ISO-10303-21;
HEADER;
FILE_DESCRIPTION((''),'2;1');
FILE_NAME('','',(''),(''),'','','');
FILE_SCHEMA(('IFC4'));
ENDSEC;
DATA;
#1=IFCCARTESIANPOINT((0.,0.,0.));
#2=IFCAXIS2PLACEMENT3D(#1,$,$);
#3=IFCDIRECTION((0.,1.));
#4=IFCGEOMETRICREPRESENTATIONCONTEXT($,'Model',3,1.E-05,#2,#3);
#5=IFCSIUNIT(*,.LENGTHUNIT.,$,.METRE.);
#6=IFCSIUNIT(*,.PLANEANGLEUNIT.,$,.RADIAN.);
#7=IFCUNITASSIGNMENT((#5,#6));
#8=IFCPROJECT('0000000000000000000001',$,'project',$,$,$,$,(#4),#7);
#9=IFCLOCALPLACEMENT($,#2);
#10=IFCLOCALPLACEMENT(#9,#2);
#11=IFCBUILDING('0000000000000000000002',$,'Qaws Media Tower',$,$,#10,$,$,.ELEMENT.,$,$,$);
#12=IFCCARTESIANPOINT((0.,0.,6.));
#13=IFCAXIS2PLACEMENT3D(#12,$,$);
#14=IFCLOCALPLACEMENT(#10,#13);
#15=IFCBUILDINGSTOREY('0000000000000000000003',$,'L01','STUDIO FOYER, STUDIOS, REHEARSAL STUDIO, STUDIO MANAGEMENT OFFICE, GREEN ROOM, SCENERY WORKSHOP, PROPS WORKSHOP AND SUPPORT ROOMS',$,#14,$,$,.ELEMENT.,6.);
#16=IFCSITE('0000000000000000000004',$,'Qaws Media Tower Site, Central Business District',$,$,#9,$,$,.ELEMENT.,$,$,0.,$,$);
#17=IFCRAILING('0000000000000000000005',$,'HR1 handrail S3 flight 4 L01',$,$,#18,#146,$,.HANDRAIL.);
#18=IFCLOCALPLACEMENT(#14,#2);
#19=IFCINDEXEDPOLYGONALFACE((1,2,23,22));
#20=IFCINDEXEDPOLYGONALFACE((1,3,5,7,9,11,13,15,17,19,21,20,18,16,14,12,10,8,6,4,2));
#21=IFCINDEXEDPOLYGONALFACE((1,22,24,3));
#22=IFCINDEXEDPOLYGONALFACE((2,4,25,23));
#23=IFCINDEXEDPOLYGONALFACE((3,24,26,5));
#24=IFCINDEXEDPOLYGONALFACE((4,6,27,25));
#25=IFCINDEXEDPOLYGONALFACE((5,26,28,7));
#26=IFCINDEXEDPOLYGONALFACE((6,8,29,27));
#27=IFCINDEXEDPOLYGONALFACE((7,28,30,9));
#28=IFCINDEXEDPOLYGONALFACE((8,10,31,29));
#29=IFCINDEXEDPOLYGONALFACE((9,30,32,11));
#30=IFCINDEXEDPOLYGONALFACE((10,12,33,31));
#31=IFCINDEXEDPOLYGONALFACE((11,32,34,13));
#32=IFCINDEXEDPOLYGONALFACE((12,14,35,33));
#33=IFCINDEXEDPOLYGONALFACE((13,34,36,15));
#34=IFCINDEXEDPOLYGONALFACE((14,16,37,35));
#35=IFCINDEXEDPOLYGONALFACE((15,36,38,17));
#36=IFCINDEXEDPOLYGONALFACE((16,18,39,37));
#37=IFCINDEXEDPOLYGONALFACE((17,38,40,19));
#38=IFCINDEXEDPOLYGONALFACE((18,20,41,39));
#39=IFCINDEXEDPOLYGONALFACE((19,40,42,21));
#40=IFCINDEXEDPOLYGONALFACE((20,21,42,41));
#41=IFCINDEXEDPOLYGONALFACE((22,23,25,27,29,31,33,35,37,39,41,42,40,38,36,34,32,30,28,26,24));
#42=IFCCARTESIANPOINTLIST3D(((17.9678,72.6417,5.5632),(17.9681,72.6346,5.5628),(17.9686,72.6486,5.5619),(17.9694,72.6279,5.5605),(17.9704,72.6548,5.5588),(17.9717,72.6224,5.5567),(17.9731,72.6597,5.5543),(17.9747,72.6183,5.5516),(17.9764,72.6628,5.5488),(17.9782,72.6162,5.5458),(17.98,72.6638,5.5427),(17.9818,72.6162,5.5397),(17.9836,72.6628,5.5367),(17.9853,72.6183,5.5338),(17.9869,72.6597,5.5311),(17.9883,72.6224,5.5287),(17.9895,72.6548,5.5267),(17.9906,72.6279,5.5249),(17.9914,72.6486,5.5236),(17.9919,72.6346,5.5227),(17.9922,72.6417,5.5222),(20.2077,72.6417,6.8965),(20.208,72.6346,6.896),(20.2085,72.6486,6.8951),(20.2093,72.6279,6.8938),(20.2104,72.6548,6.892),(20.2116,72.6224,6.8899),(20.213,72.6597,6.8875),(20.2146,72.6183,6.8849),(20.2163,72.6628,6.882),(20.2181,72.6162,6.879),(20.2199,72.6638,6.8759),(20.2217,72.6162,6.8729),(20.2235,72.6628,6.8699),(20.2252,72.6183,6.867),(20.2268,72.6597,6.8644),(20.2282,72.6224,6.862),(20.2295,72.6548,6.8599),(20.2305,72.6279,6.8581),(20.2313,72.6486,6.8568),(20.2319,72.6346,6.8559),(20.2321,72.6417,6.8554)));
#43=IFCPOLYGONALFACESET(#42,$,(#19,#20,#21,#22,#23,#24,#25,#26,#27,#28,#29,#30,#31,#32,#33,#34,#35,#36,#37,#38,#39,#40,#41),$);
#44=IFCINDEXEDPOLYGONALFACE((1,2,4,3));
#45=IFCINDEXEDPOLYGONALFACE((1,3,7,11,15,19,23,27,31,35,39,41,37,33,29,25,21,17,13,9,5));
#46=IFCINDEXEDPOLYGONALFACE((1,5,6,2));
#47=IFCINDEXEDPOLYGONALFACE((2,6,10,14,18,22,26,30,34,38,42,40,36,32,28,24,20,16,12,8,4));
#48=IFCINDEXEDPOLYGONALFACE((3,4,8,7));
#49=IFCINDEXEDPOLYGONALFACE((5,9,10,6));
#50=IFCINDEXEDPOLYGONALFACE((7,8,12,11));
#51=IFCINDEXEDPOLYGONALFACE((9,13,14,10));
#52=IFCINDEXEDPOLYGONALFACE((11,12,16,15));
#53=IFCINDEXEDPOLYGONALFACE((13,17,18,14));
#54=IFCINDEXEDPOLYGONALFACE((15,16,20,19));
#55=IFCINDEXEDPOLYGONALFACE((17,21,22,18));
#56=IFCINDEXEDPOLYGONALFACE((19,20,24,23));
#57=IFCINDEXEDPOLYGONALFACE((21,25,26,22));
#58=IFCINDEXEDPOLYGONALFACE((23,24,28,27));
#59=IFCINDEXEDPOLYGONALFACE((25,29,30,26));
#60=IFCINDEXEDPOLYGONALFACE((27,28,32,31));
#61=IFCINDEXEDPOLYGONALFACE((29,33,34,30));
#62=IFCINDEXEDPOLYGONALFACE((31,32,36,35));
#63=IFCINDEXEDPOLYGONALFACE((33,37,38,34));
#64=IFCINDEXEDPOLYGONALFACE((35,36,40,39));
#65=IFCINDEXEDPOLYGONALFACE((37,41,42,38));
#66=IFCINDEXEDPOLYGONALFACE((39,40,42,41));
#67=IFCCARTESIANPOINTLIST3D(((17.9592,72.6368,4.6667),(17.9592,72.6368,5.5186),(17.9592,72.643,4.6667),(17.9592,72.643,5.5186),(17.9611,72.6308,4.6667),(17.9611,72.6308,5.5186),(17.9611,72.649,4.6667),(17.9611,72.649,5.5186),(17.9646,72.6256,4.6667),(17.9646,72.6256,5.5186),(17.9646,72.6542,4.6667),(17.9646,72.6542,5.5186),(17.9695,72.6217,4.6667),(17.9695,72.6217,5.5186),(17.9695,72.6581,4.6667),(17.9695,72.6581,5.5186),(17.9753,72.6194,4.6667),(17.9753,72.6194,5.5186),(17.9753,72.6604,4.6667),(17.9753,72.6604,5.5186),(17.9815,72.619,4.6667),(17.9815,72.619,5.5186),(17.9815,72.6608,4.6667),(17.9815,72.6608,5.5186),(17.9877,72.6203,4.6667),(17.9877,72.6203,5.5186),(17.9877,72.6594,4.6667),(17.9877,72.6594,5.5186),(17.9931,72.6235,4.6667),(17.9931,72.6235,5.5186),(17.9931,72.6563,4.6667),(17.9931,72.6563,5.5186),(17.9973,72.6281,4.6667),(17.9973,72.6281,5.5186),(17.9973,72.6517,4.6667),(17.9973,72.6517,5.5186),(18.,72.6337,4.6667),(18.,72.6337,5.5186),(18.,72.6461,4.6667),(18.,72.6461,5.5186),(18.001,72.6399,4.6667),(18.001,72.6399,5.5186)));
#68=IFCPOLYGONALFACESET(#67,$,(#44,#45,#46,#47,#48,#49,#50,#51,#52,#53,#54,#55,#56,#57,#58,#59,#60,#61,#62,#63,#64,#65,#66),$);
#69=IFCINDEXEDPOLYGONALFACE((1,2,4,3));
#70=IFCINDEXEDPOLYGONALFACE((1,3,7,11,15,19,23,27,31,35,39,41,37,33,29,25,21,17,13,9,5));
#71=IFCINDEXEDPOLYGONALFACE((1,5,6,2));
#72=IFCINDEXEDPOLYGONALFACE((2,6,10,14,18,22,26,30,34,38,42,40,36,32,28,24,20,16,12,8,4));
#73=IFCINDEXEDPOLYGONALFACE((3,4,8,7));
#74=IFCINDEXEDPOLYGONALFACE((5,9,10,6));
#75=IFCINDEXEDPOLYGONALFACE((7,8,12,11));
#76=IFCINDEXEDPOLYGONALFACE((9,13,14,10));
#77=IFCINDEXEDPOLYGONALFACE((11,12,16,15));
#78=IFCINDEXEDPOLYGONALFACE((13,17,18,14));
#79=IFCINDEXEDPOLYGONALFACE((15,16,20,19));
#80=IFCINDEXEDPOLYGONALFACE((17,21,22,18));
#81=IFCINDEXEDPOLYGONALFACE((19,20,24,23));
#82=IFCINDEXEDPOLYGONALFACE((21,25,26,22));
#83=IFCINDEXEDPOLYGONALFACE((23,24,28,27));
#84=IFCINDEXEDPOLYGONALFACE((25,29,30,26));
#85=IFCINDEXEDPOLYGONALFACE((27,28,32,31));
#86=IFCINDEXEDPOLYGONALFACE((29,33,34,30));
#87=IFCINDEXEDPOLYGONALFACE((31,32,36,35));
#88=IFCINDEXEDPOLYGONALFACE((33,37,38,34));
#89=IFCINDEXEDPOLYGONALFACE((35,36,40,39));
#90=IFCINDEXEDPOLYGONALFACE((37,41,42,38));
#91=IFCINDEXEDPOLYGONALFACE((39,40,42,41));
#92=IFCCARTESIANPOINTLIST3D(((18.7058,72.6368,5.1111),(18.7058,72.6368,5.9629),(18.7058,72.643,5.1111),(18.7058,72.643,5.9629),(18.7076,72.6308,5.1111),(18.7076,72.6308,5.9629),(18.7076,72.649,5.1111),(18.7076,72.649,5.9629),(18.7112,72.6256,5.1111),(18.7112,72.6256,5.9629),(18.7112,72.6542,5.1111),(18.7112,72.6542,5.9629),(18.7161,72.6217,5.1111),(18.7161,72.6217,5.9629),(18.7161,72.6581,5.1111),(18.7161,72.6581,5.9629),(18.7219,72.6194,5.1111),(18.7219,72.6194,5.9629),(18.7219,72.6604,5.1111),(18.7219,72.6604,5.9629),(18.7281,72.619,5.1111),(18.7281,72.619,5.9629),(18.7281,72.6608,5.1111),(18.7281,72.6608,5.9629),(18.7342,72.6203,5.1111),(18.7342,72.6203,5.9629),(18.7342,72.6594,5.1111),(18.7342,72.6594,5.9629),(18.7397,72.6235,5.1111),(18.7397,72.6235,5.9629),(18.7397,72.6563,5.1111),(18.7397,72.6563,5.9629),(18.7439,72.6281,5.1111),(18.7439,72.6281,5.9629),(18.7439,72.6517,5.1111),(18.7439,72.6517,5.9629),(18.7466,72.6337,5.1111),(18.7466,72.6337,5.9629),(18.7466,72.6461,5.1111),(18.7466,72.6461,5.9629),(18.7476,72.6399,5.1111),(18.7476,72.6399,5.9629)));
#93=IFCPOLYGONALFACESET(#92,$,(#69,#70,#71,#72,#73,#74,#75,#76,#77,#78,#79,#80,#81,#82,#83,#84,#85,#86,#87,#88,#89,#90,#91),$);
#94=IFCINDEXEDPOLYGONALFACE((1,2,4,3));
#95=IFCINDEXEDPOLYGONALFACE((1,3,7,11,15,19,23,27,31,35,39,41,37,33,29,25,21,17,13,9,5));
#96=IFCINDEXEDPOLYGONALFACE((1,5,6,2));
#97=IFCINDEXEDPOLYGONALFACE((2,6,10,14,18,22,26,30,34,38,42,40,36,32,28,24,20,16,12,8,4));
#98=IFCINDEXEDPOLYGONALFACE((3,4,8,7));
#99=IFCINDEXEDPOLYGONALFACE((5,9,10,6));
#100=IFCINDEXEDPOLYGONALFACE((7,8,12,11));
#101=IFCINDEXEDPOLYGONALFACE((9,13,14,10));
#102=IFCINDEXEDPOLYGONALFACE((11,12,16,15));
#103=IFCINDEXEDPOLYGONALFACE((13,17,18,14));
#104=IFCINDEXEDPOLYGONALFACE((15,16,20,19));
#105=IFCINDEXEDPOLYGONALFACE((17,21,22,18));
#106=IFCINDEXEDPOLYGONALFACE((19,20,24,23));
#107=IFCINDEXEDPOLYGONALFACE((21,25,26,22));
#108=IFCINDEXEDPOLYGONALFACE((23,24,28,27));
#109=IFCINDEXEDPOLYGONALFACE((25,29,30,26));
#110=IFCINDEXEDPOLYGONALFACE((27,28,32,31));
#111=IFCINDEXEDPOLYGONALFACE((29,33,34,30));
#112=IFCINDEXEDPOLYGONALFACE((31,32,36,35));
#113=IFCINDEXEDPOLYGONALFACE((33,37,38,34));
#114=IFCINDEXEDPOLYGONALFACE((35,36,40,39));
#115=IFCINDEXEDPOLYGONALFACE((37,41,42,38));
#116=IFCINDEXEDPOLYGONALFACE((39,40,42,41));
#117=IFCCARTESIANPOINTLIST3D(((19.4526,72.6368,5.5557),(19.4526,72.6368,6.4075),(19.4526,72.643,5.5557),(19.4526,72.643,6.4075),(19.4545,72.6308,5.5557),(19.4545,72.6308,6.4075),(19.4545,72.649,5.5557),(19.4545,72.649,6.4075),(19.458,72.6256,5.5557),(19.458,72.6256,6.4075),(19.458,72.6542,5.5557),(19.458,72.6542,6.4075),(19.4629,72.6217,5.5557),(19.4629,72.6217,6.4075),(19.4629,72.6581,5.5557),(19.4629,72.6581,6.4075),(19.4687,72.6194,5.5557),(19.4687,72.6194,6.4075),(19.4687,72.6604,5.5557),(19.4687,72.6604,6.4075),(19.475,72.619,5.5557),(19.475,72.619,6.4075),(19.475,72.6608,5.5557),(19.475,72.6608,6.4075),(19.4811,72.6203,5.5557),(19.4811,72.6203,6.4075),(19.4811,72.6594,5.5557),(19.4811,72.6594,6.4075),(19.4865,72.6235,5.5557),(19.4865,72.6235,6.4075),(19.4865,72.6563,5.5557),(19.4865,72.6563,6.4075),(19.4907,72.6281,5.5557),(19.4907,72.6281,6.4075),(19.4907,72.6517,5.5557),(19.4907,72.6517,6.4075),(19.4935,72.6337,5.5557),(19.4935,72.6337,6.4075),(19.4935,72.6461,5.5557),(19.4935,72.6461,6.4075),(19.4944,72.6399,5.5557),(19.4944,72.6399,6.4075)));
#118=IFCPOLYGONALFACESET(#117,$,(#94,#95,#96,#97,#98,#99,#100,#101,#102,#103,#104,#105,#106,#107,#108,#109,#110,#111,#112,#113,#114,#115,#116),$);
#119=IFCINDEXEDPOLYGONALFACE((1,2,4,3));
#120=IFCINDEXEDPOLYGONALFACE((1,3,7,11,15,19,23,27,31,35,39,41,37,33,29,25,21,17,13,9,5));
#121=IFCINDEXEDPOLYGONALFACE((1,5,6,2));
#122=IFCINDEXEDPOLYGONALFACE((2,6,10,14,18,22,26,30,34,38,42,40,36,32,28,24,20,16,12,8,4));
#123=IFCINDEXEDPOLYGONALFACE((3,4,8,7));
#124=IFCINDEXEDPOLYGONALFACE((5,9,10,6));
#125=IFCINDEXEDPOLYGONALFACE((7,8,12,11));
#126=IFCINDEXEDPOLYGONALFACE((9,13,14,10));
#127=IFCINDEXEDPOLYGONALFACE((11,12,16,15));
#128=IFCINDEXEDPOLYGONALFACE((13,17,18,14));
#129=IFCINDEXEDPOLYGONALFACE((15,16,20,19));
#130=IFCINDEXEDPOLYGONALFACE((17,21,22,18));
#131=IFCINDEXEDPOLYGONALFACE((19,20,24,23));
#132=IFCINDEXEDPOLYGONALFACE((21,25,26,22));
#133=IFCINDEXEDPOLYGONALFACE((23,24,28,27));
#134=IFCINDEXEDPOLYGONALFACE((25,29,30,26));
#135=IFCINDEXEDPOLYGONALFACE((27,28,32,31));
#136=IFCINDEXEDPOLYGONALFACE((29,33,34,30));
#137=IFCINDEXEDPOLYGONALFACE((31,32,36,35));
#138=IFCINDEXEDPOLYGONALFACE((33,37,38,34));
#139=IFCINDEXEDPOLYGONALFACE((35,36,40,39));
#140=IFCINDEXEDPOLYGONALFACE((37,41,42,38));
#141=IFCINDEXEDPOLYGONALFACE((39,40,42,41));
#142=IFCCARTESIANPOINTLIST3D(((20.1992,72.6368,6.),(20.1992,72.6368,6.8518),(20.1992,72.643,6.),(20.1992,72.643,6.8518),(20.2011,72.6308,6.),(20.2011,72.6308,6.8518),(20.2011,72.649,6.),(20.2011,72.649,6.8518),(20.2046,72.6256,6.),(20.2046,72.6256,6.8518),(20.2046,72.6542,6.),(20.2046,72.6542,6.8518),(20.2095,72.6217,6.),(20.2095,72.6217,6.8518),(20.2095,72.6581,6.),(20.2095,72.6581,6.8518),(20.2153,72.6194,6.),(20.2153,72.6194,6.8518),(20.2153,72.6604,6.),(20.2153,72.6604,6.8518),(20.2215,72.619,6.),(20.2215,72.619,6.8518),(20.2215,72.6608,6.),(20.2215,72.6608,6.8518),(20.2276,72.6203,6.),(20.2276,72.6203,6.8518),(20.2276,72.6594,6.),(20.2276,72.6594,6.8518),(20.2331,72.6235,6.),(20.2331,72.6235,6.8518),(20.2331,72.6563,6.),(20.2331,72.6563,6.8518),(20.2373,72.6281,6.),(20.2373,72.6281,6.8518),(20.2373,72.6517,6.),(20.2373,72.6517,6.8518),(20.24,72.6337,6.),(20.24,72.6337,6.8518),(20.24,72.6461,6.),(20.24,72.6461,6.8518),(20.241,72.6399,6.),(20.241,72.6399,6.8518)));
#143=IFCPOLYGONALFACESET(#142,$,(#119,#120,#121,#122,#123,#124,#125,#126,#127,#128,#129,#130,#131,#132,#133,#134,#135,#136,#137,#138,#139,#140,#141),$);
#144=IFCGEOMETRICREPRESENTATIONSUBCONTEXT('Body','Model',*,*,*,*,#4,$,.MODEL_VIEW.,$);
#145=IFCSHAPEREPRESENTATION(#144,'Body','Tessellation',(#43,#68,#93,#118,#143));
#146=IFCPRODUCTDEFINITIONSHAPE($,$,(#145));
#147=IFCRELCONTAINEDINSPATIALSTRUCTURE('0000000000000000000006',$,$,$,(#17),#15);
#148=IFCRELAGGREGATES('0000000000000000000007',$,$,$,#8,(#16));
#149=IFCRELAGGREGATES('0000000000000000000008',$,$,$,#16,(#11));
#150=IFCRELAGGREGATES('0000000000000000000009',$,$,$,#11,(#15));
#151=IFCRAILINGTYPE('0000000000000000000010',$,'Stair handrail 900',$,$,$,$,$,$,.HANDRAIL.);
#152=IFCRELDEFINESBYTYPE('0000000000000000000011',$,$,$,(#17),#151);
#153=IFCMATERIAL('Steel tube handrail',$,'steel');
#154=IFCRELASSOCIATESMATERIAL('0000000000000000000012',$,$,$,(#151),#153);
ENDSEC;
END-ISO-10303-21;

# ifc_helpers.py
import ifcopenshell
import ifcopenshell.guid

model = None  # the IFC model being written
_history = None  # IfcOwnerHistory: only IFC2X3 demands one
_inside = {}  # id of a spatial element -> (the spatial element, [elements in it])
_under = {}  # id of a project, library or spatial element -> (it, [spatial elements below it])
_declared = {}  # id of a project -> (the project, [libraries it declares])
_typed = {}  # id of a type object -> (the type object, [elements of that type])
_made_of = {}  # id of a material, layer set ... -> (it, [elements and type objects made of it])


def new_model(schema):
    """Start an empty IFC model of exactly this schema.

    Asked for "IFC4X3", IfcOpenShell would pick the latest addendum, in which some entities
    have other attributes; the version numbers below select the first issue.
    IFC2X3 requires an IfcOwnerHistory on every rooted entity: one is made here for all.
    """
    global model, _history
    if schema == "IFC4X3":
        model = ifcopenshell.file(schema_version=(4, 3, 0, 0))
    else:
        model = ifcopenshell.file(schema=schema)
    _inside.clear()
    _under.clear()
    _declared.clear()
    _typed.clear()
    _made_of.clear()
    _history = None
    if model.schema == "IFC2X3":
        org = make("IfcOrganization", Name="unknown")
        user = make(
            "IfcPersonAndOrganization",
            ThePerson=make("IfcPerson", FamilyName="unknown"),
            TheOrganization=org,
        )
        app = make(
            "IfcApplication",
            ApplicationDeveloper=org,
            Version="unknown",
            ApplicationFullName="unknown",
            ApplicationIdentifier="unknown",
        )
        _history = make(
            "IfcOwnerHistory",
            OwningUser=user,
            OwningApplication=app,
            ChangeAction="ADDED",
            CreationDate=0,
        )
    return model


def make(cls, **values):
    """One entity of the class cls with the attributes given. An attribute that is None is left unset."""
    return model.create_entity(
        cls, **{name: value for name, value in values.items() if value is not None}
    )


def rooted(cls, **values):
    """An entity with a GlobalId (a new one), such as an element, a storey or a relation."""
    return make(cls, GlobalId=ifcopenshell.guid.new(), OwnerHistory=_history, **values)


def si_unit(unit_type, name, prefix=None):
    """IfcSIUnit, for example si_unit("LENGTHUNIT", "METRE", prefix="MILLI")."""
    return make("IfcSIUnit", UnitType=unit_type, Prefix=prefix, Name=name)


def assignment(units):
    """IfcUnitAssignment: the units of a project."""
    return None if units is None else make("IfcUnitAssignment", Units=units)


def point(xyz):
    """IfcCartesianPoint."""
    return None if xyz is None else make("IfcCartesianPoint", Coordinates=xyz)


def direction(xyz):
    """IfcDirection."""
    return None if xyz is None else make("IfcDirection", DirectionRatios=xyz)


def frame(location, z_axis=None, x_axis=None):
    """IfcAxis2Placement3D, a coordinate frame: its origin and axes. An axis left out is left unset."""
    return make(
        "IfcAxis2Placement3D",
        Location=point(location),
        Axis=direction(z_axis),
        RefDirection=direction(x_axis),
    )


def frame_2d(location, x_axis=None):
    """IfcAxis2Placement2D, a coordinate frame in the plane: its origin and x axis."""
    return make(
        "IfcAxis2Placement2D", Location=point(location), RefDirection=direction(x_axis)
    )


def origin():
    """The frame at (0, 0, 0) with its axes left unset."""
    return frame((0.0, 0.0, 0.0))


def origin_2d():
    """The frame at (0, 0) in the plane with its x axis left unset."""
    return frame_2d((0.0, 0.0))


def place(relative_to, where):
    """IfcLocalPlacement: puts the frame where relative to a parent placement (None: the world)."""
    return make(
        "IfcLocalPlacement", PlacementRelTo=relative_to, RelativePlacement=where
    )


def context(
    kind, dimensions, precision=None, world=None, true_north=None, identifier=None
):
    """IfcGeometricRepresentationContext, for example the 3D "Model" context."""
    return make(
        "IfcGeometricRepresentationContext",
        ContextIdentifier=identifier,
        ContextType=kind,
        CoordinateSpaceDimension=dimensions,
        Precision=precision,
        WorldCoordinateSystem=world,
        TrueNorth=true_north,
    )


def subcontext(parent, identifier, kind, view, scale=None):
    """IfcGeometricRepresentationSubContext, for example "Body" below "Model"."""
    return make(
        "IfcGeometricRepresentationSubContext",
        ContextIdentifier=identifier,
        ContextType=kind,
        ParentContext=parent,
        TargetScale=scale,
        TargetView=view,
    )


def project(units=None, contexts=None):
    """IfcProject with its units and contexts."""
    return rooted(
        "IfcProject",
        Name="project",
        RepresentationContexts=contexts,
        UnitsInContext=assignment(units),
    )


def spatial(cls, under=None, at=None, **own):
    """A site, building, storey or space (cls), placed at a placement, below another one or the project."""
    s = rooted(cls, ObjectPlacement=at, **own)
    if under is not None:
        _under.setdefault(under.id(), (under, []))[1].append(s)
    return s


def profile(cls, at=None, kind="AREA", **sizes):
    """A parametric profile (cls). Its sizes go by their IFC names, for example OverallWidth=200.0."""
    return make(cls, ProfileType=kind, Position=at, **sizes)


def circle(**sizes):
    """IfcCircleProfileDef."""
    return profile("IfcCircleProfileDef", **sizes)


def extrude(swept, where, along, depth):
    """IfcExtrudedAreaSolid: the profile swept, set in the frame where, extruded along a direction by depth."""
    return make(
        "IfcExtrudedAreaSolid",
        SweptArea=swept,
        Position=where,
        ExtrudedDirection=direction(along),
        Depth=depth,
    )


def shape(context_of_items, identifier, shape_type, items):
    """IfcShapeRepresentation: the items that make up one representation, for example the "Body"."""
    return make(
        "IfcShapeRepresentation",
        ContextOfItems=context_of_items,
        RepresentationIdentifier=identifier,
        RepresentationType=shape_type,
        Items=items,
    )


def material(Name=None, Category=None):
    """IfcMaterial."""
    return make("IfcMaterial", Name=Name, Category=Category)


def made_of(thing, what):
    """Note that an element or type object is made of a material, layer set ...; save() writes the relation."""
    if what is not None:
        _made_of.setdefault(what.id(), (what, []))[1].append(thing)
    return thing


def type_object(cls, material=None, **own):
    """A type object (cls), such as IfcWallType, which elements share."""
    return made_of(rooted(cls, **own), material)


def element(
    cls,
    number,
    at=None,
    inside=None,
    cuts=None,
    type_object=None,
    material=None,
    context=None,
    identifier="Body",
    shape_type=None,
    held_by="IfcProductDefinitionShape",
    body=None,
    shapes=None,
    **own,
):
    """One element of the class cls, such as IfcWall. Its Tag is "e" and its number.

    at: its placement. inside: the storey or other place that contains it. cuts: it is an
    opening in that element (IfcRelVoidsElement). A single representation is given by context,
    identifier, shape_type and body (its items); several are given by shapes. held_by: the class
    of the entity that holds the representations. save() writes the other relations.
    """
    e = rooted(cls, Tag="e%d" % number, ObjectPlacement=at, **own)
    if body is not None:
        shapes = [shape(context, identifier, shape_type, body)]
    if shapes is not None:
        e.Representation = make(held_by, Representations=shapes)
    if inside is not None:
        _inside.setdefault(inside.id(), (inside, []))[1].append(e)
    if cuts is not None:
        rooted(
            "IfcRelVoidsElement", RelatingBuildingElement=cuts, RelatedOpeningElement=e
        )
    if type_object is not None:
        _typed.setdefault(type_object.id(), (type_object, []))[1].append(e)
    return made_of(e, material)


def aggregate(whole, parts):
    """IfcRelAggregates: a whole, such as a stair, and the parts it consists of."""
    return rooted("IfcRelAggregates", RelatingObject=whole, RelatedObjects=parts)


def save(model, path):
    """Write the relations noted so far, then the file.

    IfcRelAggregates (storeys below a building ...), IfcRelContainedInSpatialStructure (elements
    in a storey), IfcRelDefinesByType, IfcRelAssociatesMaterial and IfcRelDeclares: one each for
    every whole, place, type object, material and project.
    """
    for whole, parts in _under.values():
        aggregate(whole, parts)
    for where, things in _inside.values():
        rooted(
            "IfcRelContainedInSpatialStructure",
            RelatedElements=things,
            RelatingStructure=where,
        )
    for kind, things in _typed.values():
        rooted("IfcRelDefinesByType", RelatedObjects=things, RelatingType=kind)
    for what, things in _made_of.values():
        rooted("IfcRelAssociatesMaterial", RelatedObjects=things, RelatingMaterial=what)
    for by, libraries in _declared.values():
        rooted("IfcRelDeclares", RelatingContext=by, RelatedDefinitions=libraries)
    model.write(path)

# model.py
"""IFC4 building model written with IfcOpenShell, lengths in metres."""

from ifc_helpers import new_model, si_unit, direction, frame, origin, origin_2d, place, context, subcontext, project, spatial, circle, extrude, material, type_object, element, save


model = new_model("IFC4")

# Units and contexts
model_context = context("Model", 3, precision=1e-05, world=origin(), true_north=direction((0.0, 1.0)))
body_context = subcontext(model_context, "Body", "Model", "MODEL_VIEW")
ifc_project = project(units=[si_unit("LENGTHUNIT", "METRE"), si_unit("PLANEANGLEUNIT", "RADIAN")], contexts=[model_context])

# Site, building, storey
site_placement = place(None, origin())
site = spatial("IfcSite", under=ifc_project, at=site_placement, Name="Qaws Media Tower Site, Central Business District", CompositionType="ELEMENT", RefElevation=0.0)
building_placement = place(site_placement, origin())
building = spatial("IfcBuilding", under=site, at=building_placement, Name="Qaws Media Tower", CompositionType="ELEMENT")
storey_placement = place(building_placement, frame((0.0, 0.0, 6.0)))
storey = spatial("IfcBuildingStorey", under=building, at=storey_placement, Name="L01", Description="STUDIO FOYER, STUDIOS, REHEARSAL STUDIO, STUDIO MANAGEMENT OFFICE, GREEN ROOM, SCENERY WORKSHOP, PROPS WORKSHOP AND SUPPORT ROOMS", CompositionType="ELEMENT", Elevation=6.0)

# Railing
ifc_material_1 = material(Name="Steel tube handrail", Category="steel")
railing_type = type_object("IfcRailingType", Name="Stair handrail 900", PredefinedType="HANDRAIL", material=ifc_material_1)
for number, where, name in (
    (1, (17.98, 72.6399, 4.6667), "HR1 handrail S3 flight 4 L01"),
):
    element("IfcRailing", number, at=place(storey_placement, frame(where)), inside=storey, type_object=railing_type, Name=name, PredefinedType="HANDRAIL", context=body_context, shape_type="SweptSolid", body=[
        extrude(circle(Radius=0.0239, at=origin_2d()), frame((0.0, 0.0, 0.876), z_axis=(0.859306, 0.0, 0.511462), x_axis=(0.0, 1.0, 0.0)), (0.0, 0.0, 1.0), 2.6067),
        extrude(circle(Radius=0.021, at=origin_2d()), origin(), (0.0, 0.0, 1.0), 0.8518),
        extrude(circle(Radius=0.021, at=origin_2d()), frame((0.7466, 0.0, 0.4443)), (0.0, 0.0, 1.0), 0.8518),
        extrude(circle(Radius=0.021, at=origin_2d()), frame((1.4934, 0.0, 0.8889)), (0.0, 0.0, 1.0), 0.8518),
        extrude(circle(Radius=0.021, at=origin_2d()), frame((2.24, 0.0, 1.3333)), (0.0, 0.0, 1.0), 0.8518),
    ])

save(model, "model.ifc")
